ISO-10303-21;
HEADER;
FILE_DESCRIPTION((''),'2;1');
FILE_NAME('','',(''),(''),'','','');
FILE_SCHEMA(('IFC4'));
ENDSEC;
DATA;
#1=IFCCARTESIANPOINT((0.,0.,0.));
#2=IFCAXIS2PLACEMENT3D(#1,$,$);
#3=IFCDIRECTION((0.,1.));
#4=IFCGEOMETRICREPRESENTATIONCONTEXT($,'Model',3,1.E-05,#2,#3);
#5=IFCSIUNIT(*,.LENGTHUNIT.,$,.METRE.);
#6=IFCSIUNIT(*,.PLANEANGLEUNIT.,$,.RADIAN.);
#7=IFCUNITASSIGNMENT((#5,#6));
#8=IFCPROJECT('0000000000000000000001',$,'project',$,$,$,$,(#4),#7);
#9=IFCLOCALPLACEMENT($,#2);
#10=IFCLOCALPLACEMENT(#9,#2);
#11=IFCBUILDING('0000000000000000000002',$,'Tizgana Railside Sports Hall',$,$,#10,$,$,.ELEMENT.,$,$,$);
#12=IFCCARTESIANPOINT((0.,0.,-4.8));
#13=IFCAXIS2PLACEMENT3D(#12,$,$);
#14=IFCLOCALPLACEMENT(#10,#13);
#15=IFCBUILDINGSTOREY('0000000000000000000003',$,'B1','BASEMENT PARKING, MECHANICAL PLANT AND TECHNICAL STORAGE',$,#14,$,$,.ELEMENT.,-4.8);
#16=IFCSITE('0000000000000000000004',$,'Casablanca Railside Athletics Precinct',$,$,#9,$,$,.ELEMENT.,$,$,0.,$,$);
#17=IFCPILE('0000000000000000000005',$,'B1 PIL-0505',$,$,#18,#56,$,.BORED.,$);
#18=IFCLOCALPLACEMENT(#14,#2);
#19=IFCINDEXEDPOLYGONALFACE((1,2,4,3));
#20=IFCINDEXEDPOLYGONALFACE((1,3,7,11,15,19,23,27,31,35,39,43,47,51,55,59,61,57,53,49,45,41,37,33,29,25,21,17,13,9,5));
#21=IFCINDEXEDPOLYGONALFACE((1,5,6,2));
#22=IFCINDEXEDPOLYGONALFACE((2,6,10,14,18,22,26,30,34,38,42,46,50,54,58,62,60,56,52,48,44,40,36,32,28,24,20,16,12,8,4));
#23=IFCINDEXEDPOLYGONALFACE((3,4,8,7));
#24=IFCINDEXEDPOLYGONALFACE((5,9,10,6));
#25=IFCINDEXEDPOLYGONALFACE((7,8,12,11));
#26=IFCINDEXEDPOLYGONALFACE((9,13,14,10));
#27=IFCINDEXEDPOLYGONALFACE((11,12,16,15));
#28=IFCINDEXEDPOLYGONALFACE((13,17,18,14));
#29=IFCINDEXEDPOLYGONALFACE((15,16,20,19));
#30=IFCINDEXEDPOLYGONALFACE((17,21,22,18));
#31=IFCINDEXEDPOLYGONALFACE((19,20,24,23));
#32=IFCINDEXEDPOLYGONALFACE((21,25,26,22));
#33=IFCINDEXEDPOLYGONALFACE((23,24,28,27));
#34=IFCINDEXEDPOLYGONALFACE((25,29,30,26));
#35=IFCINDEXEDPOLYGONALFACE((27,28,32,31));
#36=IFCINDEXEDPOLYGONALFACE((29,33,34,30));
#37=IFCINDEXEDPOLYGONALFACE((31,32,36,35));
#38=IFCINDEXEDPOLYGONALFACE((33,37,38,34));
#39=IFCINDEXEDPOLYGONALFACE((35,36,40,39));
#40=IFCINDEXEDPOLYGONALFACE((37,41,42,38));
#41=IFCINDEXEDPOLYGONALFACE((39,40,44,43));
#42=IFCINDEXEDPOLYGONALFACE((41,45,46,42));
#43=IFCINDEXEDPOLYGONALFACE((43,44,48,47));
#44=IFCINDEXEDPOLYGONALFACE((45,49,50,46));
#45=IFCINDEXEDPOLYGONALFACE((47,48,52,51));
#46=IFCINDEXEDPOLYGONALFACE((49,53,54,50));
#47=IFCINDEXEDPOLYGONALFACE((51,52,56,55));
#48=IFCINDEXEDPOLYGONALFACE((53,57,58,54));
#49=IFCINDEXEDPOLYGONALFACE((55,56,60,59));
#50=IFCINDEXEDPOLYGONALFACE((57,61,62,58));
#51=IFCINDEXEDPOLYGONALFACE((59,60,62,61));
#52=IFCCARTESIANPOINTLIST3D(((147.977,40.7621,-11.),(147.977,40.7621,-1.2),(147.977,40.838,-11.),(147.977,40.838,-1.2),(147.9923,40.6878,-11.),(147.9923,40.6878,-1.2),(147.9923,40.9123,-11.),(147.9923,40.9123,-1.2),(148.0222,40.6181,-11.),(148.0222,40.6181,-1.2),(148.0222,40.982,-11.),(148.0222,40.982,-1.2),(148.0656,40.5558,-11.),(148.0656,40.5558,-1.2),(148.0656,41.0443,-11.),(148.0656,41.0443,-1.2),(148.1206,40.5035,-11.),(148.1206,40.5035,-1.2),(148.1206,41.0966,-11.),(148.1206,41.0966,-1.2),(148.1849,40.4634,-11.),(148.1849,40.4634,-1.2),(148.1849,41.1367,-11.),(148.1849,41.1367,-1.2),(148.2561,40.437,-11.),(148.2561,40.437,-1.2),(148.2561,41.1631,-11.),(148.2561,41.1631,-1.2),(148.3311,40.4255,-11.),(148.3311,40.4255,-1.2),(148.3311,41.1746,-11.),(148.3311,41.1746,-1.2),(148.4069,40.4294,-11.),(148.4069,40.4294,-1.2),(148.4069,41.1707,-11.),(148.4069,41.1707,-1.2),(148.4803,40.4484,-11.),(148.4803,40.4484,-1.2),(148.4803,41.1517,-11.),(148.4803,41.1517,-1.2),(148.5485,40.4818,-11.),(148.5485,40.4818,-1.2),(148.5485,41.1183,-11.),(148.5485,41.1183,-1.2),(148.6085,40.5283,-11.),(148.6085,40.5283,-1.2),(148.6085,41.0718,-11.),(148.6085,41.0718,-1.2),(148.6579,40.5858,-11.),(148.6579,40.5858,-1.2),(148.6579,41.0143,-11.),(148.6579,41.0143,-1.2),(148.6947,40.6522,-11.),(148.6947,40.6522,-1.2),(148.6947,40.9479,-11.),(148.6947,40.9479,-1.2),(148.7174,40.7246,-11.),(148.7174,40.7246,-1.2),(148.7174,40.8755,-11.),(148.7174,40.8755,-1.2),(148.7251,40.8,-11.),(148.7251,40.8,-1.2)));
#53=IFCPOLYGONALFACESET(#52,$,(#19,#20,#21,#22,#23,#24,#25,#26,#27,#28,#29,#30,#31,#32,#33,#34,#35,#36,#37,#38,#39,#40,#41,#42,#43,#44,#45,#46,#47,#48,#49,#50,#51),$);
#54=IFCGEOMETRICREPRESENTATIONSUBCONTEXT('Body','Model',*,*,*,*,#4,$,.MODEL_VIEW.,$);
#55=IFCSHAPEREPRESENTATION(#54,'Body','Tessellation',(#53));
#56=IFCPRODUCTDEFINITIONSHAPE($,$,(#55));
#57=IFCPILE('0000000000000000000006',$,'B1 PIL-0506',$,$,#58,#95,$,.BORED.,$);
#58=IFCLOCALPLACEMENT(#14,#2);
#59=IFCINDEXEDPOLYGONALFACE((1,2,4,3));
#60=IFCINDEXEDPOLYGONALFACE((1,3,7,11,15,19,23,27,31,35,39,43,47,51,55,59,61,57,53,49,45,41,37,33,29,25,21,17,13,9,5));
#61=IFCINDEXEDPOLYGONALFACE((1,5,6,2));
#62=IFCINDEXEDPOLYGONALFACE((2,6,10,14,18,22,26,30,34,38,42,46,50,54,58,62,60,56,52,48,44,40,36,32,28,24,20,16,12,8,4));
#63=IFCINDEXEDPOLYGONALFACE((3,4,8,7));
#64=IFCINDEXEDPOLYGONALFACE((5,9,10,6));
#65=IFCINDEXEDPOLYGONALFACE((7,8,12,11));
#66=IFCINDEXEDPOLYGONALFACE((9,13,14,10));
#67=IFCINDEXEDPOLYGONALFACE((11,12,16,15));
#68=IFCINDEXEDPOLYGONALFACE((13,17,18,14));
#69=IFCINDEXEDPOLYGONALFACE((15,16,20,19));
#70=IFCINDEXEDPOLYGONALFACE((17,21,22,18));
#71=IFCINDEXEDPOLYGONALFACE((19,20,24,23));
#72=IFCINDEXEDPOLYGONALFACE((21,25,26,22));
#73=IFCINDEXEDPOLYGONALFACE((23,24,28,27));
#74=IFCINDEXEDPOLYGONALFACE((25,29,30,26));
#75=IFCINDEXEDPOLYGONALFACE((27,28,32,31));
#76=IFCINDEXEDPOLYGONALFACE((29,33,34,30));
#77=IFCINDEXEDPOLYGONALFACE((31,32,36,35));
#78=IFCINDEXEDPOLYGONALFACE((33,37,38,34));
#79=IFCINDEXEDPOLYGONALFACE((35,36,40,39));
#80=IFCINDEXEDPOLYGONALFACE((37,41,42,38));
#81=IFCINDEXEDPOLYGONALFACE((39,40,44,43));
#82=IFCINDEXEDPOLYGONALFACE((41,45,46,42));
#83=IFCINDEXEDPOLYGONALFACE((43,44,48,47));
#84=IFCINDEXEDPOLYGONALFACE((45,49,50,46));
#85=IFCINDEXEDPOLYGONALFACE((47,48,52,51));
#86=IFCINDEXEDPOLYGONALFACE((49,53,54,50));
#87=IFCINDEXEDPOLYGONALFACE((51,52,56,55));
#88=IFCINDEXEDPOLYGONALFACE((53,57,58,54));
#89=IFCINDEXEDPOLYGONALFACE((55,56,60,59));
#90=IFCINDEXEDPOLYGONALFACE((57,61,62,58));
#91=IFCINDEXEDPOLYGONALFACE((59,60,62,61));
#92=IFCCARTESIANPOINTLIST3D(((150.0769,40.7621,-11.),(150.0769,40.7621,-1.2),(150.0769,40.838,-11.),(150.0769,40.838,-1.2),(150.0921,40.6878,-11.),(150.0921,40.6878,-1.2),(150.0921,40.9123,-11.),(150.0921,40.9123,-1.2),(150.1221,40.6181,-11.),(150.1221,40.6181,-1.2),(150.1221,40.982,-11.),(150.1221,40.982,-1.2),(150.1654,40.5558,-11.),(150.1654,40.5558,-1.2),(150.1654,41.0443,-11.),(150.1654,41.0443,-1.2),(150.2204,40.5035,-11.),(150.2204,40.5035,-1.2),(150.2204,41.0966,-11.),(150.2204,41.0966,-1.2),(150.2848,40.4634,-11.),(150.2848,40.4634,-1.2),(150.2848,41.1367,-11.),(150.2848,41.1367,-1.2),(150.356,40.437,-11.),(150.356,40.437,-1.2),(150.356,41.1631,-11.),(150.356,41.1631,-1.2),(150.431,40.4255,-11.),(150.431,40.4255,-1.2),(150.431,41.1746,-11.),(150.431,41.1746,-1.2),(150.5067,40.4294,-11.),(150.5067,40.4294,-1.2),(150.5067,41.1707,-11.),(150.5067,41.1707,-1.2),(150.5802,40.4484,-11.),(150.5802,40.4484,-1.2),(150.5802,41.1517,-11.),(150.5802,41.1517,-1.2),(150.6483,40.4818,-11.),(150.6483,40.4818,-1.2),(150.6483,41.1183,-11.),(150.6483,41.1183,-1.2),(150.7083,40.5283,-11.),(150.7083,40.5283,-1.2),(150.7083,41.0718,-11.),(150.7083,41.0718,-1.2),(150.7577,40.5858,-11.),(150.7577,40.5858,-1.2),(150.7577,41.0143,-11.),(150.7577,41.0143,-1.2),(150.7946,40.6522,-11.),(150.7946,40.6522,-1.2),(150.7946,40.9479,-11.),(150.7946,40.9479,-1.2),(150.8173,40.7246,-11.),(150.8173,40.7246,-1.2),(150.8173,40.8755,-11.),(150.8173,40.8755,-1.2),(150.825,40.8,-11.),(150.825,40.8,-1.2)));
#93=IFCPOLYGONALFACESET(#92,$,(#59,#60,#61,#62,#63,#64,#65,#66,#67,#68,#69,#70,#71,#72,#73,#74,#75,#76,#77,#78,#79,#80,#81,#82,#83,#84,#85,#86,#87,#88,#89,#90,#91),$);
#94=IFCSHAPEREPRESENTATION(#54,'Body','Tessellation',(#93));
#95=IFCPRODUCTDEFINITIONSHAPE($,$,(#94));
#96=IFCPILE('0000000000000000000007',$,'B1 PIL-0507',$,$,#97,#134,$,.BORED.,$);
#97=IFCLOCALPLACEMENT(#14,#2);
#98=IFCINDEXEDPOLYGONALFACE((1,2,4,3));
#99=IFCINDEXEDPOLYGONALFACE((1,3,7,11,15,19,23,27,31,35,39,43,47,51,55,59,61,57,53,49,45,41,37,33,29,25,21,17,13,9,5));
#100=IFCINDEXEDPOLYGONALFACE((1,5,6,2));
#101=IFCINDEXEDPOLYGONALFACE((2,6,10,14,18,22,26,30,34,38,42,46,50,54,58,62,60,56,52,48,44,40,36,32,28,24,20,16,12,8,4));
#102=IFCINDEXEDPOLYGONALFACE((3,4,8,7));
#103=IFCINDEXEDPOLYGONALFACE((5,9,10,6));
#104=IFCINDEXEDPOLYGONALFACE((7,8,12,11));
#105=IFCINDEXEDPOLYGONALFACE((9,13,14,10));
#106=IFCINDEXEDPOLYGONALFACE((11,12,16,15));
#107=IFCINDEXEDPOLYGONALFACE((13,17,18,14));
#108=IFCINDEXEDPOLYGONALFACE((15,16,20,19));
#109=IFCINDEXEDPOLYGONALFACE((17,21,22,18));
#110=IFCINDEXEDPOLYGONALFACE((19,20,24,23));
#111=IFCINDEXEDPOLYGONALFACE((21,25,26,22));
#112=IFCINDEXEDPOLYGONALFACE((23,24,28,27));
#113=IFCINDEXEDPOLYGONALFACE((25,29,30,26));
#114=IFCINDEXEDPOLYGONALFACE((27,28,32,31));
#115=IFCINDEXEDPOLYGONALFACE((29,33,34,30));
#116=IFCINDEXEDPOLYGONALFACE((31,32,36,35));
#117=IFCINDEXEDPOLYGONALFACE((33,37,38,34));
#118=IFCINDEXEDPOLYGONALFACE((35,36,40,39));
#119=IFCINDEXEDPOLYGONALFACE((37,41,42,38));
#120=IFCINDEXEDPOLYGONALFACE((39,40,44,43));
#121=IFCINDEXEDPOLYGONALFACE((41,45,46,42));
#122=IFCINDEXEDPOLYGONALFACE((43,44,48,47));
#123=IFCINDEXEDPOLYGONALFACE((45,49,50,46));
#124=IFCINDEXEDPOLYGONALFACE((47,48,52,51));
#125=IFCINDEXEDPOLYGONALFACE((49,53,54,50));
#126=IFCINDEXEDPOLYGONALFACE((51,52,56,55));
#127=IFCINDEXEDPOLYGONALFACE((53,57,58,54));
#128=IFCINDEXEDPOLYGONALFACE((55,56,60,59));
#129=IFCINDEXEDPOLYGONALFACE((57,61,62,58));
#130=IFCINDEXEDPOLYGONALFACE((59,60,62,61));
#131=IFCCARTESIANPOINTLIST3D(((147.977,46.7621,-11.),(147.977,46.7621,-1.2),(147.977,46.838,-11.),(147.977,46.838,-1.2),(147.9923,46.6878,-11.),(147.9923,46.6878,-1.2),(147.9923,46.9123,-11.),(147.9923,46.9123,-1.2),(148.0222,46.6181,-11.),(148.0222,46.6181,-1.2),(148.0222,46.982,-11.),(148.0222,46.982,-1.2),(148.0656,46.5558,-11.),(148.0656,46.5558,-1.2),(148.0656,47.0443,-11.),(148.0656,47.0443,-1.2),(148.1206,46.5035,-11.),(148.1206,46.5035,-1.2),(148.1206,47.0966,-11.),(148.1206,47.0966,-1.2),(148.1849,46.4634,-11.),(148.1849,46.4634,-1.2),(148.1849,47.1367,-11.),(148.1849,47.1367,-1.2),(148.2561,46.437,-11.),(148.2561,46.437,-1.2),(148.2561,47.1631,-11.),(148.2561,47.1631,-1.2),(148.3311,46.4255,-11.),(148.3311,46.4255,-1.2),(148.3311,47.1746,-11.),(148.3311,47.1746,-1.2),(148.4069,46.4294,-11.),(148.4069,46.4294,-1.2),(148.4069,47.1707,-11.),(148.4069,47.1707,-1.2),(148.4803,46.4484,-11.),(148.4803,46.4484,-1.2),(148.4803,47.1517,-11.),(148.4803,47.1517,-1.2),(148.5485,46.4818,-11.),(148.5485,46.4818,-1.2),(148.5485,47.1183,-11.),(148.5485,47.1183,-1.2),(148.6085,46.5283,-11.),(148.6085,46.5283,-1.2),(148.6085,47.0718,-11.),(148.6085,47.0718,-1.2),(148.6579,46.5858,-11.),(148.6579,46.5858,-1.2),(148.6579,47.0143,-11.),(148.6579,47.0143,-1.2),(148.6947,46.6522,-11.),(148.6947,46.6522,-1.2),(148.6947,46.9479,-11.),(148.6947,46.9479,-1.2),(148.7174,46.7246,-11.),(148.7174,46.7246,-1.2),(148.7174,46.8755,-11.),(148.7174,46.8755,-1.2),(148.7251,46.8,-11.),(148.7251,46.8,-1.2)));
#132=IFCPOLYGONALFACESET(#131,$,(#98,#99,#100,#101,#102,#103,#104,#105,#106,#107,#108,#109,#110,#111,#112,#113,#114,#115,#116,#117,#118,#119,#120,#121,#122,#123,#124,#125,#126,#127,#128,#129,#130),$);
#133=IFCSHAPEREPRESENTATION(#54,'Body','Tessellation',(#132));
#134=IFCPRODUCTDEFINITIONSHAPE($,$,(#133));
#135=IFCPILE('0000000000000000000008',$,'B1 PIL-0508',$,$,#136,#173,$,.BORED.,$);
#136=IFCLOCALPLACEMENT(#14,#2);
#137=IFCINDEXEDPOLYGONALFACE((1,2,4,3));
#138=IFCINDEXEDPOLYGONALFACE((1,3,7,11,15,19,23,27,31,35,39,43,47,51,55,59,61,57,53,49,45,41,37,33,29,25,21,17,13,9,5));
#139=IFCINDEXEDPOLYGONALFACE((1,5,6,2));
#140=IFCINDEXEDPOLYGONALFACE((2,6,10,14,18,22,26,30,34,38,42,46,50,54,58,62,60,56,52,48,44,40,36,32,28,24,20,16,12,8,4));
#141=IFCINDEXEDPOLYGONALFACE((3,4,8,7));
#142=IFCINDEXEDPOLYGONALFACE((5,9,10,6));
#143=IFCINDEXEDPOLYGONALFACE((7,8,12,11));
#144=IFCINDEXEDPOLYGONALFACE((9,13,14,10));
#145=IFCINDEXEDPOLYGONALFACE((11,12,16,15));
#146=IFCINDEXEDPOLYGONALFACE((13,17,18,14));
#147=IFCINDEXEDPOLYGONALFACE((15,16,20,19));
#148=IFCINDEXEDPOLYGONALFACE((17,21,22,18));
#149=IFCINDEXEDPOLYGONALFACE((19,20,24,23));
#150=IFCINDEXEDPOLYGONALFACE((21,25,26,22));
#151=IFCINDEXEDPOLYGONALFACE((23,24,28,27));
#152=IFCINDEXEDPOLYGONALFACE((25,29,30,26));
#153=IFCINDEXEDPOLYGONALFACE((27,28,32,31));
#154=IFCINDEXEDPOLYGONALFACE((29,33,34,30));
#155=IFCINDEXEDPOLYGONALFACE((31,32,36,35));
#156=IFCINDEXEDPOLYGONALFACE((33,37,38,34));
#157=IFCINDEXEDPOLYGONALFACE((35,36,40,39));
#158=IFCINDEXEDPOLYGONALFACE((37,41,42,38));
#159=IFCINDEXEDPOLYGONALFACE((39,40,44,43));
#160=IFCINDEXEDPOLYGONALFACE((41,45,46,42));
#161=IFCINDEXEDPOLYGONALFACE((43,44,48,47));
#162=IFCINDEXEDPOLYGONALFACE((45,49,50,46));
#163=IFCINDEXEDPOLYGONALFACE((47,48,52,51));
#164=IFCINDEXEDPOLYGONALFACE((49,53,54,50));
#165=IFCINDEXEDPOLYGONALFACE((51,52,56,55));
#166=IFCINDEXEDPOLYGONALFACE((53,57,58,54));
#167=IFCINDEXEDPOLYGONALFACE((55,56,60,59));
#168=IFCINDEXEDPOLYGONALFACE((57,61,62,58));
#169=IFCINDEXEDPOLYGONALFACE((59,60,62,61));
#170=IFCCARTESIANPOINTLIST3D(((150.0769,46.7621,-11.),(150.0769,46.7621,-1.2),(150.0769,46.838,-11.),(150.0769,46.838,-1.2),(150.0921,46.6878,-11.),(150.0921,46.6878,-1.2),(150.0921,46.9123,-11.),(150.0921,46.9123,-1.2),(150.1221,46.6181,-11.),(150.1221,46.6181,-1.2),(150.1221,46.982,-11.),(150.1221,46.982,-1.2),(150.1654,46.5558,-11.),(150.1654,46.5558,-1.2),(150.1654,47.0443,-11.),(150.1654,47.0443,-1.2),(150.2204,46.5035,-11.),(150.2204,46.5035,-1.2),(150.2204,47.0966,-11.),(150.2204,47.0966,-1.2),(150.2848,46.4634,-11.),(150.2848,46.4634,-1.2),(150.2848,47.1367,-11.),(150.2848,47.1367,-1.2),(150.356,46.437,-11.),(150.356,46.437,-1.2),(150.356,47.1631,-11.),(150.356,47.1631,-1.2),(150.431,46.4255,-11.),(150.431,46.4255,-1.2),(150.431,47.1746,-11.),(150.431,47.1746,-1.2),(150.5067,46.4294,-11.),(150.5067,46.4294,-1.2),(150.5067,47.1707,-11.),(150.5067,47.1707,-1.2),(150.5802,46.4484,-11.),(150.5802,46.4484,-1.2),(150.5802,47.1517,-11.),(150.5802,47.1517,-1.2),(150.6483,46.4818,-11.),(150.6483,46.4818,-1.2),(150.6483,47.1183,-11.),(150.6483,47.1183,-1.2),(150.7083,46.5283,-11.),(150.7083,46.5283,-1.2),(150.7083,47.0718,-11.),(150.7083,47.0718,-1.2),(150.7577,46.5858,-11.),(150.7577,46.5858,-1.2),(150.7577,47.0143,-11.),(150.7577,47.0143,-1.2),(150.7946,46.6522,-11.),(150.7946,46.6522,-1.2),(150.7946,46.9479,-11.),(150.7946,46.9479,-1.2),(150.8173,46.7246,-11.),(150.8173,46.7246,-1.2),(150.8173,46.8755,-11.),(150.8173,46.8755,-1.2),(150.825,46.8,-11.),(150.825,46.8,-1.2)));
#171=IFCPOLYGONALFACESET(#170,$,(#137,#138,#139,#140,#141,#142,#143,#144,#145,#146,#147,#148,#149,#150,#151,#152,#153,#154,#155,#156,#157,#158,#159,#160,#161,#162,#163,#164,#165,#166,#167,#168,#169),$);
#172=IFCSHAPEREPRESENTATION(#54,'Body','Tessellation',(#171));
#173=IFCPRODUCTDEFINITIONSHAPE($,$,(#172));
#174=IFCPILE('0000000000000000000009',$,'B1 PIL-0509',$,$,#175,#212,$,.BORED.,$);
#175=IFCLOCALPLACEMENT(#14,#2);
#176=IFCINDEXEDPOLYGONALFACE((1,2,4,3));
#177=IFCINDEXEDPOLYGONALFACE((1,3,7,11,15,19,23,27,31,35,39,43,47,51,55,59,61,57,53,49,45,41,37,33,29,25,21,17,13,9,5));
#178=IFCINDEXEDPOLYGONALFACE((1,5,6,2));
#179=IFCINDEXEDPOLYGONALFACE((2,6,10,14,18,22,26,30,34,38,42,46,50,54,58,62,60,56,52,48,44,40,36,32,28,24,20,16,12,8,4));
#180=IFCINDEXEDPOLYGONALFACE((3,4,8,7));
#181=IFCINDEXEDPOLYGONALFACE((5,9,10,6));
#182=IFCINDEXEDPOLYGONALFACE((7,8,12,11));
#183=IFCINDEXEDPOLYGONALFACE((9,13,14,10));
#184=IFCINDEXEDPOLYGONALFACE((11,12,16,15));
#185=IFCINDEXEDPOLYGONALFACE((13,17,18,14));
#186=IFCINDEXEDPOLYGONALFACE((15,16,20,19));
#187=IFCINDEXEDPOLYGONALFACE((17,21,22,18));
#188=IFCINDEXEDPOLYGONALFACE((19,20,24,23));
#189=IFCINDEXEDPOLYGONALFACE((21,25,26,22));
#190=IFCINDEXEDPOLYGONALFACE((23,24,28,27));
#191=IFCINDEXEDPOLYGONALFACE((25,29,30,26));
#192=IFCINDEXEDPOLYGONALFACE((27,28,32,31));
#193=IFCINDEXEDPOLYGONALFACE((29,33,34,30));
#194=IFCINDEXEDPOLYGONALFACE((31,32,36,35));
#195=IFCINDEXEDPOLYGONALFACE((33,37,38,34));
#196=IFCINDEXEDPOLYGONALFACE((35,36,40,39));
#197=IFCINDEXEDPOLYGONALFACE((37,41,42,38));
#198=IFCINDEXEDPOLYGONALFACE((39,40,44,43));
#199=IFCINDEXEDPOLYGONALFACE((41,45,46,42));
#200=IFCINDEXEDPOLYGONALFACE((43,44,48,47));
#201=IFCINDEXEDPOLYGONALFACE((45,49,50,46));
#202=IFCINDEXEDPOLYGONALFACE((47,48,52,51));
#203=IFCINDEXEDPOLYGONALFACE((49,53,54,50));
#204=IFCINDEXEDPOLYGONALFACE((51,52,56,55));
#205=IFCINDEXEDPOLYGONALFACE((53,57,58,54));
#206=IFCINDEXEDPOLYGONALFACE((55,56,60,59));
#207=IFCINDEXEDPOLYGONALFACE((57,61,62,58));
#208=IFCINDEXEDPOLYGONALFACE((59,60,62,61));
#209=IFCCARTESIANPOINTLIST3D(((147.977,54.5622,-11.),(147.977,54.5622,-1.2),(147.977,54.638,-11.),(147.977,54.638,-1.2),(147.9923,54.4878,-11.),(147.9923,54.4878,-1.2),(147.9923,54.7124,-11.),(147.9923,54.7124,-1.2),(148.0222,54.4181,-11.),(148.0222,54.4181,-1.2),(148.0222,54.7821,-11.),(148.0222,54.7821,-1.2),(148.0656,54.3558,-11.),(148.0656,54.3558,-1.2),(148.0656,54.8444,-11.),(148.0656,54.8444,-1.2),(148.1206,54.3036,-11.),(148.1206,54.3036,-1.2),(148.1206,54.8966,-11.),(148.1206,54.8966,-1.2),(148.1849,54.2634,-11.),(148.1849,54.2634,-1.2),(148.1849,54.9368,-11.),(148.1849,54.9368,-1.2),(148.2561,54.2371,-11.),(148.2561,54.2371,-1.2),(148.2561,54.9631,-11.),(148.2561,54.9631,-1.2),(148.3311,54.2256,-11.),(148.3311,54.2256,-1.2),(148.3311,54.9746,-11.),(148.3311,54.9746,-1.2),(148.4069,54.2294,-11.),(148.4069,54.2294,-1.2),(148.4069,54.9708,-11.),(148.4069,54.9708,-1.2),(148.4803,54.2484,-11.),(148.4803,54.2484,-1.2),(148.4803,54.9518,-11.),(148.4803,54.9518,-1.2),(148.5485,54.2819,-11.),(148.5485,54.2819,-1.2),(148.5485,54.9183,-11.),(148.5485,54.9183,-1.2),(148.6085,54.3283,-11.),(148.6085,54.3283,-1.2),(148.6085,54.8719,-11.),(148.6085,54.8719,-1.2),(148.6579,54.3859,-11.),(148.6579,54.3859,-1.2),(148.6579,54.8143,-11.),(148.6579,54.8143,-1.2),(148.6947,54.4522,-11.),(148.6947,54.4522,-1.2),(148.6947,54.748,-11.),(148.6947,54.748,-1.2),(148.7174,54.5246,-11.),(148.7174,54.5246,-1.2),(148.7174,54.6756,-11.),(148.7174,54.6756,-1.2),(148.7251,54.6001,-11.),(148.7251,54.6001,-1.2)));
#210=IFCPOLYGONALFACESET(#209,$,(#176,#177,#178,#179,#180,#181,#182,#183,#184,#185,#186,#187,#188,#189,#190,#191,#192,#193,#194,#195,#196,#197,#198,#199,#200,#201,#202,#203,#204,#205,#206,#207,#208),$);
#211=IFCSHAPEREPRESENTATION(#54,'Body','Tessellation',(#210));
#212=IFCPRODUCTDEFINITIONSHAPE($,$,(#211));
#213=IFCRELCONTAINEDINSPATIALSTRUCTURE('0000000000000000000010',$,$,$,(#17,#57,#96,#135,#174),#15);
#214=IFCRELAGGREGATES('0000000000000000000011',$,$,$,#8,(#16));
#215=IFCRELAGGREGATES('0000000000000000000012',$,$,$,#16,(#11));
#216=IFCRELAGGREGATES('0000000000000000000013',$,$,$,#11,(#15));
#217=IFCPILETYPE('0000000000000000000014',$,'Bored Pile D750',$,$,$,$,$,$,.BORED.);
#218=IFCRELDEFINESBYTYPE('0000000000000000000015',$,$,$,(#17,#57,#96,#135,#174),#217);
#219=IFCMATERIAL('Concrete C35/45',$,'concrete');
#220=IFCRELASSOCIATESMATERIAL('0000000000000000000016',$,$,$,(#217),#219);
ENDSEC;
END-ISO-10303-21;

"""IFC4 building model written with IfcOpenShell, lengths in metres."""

from ifc_helpers import new_model, si_unit, direction, frame, origin, origin_2d, place, context, subcontext, project, spatial, circle, extrude, material, material_profile, profile_set, type_object, element, save


model = new_model("IFC4")

# Units and contexts
model_context = context("Model", 3, precision=1e-05, world=origin(), true_north=direction((0.0, 1.0)))
body_context = subcontext(model_context, "Body", "Model", "MODEL_VIEW")
ifc_project = project(units=[si_unit("LENGTHUNIT", "METRE"), si_unit("PLANEANGLEUNIT", "RADIAN")], contexts=[model_context])

# Site, building, storey
site_placement = place(None, origin())
site = spatial("IfcSite", under=ifc_project, at=site_placement, Name="Casablanca Railside Athletics Precinct", CompositionType="ELEMENT", RefElevation=0.0)
building_placement = place(site_placement, origin())
building = spatial("IfcBuilding", under=site, at=building_placement, Name="Tizgana Railside Sports Hall", CompositionType="ELEMENT")
storey_placement = place(building_placement, frame((0.0, 0.0, -4.8)))
storey = spatial("IfcBuildingStorey", under=building, at=storey_placement, Name="B1", Description="BASEMENT PARKING, MECHANICAL PLANT AND TECHNICAL STORAGE", CompositionType="ELEMENT", Elevation=-4.8)

# Piles
ifc_material_1 = material(Name="Concrete C35/45", Category="concrete")
ifc_material_profile_1 = material_profile(ifc_material_1, circle(Radius=0.375, at=origin_2d()), Name="PILE D750")
ifc_profile_set_1 = profile_set([ifc_material_profile_1], Name="Concrete C35/45")
pile_type = type_object("IfcPileType", Name="Bored Pile D750", PredefinedType="BORED", material=ifc_profile_set_1)
for number, where, z_axis, x_axis, name in (
    (1, (148.3501, 40.8, -1.2), (0.0, 0.0, -1.0), (1.0, 0.0, 0.0), "B1 PIL-0505"),
    (2, (150.45, 40.8, -1.2), (0.0, 0.0, -1.0), (1.0, 0.0, 0.0), "B1 PIL-0506"),
    (3, (148.3501, 46.8, -1.2), (0.0, 0.0, -1.0), (1.0, 0.0, 0.0), "B1 PIL-0507"),
    (4, (150.45, 46.8, -1.2), (0.0, 0.0, -1.0), (1.0, 0.0, 0.0), "B1 PIL-0508"),
    (5, (148.3501, 54.6001, -1.2), (0.0, 0.0, -1.0), (1.0, 0.0, 0.0), "B1 PIL-0509"),
):
    element("IfcPile", number, at=place(storey_placement, frame(where, z_axis=z_axis, x_axis=x_axis)), inside=storey, type_object=pile_type, Name=name, PredefinedType="BORED", context=body_context, shape_type="SweptSolid", body=[
        extrude(circle(Radius=0.375, at=origin_2d()), origin(), (0.0, 0.0, 1.0), 9.8),
    ])

save(model, "model.ifc")
